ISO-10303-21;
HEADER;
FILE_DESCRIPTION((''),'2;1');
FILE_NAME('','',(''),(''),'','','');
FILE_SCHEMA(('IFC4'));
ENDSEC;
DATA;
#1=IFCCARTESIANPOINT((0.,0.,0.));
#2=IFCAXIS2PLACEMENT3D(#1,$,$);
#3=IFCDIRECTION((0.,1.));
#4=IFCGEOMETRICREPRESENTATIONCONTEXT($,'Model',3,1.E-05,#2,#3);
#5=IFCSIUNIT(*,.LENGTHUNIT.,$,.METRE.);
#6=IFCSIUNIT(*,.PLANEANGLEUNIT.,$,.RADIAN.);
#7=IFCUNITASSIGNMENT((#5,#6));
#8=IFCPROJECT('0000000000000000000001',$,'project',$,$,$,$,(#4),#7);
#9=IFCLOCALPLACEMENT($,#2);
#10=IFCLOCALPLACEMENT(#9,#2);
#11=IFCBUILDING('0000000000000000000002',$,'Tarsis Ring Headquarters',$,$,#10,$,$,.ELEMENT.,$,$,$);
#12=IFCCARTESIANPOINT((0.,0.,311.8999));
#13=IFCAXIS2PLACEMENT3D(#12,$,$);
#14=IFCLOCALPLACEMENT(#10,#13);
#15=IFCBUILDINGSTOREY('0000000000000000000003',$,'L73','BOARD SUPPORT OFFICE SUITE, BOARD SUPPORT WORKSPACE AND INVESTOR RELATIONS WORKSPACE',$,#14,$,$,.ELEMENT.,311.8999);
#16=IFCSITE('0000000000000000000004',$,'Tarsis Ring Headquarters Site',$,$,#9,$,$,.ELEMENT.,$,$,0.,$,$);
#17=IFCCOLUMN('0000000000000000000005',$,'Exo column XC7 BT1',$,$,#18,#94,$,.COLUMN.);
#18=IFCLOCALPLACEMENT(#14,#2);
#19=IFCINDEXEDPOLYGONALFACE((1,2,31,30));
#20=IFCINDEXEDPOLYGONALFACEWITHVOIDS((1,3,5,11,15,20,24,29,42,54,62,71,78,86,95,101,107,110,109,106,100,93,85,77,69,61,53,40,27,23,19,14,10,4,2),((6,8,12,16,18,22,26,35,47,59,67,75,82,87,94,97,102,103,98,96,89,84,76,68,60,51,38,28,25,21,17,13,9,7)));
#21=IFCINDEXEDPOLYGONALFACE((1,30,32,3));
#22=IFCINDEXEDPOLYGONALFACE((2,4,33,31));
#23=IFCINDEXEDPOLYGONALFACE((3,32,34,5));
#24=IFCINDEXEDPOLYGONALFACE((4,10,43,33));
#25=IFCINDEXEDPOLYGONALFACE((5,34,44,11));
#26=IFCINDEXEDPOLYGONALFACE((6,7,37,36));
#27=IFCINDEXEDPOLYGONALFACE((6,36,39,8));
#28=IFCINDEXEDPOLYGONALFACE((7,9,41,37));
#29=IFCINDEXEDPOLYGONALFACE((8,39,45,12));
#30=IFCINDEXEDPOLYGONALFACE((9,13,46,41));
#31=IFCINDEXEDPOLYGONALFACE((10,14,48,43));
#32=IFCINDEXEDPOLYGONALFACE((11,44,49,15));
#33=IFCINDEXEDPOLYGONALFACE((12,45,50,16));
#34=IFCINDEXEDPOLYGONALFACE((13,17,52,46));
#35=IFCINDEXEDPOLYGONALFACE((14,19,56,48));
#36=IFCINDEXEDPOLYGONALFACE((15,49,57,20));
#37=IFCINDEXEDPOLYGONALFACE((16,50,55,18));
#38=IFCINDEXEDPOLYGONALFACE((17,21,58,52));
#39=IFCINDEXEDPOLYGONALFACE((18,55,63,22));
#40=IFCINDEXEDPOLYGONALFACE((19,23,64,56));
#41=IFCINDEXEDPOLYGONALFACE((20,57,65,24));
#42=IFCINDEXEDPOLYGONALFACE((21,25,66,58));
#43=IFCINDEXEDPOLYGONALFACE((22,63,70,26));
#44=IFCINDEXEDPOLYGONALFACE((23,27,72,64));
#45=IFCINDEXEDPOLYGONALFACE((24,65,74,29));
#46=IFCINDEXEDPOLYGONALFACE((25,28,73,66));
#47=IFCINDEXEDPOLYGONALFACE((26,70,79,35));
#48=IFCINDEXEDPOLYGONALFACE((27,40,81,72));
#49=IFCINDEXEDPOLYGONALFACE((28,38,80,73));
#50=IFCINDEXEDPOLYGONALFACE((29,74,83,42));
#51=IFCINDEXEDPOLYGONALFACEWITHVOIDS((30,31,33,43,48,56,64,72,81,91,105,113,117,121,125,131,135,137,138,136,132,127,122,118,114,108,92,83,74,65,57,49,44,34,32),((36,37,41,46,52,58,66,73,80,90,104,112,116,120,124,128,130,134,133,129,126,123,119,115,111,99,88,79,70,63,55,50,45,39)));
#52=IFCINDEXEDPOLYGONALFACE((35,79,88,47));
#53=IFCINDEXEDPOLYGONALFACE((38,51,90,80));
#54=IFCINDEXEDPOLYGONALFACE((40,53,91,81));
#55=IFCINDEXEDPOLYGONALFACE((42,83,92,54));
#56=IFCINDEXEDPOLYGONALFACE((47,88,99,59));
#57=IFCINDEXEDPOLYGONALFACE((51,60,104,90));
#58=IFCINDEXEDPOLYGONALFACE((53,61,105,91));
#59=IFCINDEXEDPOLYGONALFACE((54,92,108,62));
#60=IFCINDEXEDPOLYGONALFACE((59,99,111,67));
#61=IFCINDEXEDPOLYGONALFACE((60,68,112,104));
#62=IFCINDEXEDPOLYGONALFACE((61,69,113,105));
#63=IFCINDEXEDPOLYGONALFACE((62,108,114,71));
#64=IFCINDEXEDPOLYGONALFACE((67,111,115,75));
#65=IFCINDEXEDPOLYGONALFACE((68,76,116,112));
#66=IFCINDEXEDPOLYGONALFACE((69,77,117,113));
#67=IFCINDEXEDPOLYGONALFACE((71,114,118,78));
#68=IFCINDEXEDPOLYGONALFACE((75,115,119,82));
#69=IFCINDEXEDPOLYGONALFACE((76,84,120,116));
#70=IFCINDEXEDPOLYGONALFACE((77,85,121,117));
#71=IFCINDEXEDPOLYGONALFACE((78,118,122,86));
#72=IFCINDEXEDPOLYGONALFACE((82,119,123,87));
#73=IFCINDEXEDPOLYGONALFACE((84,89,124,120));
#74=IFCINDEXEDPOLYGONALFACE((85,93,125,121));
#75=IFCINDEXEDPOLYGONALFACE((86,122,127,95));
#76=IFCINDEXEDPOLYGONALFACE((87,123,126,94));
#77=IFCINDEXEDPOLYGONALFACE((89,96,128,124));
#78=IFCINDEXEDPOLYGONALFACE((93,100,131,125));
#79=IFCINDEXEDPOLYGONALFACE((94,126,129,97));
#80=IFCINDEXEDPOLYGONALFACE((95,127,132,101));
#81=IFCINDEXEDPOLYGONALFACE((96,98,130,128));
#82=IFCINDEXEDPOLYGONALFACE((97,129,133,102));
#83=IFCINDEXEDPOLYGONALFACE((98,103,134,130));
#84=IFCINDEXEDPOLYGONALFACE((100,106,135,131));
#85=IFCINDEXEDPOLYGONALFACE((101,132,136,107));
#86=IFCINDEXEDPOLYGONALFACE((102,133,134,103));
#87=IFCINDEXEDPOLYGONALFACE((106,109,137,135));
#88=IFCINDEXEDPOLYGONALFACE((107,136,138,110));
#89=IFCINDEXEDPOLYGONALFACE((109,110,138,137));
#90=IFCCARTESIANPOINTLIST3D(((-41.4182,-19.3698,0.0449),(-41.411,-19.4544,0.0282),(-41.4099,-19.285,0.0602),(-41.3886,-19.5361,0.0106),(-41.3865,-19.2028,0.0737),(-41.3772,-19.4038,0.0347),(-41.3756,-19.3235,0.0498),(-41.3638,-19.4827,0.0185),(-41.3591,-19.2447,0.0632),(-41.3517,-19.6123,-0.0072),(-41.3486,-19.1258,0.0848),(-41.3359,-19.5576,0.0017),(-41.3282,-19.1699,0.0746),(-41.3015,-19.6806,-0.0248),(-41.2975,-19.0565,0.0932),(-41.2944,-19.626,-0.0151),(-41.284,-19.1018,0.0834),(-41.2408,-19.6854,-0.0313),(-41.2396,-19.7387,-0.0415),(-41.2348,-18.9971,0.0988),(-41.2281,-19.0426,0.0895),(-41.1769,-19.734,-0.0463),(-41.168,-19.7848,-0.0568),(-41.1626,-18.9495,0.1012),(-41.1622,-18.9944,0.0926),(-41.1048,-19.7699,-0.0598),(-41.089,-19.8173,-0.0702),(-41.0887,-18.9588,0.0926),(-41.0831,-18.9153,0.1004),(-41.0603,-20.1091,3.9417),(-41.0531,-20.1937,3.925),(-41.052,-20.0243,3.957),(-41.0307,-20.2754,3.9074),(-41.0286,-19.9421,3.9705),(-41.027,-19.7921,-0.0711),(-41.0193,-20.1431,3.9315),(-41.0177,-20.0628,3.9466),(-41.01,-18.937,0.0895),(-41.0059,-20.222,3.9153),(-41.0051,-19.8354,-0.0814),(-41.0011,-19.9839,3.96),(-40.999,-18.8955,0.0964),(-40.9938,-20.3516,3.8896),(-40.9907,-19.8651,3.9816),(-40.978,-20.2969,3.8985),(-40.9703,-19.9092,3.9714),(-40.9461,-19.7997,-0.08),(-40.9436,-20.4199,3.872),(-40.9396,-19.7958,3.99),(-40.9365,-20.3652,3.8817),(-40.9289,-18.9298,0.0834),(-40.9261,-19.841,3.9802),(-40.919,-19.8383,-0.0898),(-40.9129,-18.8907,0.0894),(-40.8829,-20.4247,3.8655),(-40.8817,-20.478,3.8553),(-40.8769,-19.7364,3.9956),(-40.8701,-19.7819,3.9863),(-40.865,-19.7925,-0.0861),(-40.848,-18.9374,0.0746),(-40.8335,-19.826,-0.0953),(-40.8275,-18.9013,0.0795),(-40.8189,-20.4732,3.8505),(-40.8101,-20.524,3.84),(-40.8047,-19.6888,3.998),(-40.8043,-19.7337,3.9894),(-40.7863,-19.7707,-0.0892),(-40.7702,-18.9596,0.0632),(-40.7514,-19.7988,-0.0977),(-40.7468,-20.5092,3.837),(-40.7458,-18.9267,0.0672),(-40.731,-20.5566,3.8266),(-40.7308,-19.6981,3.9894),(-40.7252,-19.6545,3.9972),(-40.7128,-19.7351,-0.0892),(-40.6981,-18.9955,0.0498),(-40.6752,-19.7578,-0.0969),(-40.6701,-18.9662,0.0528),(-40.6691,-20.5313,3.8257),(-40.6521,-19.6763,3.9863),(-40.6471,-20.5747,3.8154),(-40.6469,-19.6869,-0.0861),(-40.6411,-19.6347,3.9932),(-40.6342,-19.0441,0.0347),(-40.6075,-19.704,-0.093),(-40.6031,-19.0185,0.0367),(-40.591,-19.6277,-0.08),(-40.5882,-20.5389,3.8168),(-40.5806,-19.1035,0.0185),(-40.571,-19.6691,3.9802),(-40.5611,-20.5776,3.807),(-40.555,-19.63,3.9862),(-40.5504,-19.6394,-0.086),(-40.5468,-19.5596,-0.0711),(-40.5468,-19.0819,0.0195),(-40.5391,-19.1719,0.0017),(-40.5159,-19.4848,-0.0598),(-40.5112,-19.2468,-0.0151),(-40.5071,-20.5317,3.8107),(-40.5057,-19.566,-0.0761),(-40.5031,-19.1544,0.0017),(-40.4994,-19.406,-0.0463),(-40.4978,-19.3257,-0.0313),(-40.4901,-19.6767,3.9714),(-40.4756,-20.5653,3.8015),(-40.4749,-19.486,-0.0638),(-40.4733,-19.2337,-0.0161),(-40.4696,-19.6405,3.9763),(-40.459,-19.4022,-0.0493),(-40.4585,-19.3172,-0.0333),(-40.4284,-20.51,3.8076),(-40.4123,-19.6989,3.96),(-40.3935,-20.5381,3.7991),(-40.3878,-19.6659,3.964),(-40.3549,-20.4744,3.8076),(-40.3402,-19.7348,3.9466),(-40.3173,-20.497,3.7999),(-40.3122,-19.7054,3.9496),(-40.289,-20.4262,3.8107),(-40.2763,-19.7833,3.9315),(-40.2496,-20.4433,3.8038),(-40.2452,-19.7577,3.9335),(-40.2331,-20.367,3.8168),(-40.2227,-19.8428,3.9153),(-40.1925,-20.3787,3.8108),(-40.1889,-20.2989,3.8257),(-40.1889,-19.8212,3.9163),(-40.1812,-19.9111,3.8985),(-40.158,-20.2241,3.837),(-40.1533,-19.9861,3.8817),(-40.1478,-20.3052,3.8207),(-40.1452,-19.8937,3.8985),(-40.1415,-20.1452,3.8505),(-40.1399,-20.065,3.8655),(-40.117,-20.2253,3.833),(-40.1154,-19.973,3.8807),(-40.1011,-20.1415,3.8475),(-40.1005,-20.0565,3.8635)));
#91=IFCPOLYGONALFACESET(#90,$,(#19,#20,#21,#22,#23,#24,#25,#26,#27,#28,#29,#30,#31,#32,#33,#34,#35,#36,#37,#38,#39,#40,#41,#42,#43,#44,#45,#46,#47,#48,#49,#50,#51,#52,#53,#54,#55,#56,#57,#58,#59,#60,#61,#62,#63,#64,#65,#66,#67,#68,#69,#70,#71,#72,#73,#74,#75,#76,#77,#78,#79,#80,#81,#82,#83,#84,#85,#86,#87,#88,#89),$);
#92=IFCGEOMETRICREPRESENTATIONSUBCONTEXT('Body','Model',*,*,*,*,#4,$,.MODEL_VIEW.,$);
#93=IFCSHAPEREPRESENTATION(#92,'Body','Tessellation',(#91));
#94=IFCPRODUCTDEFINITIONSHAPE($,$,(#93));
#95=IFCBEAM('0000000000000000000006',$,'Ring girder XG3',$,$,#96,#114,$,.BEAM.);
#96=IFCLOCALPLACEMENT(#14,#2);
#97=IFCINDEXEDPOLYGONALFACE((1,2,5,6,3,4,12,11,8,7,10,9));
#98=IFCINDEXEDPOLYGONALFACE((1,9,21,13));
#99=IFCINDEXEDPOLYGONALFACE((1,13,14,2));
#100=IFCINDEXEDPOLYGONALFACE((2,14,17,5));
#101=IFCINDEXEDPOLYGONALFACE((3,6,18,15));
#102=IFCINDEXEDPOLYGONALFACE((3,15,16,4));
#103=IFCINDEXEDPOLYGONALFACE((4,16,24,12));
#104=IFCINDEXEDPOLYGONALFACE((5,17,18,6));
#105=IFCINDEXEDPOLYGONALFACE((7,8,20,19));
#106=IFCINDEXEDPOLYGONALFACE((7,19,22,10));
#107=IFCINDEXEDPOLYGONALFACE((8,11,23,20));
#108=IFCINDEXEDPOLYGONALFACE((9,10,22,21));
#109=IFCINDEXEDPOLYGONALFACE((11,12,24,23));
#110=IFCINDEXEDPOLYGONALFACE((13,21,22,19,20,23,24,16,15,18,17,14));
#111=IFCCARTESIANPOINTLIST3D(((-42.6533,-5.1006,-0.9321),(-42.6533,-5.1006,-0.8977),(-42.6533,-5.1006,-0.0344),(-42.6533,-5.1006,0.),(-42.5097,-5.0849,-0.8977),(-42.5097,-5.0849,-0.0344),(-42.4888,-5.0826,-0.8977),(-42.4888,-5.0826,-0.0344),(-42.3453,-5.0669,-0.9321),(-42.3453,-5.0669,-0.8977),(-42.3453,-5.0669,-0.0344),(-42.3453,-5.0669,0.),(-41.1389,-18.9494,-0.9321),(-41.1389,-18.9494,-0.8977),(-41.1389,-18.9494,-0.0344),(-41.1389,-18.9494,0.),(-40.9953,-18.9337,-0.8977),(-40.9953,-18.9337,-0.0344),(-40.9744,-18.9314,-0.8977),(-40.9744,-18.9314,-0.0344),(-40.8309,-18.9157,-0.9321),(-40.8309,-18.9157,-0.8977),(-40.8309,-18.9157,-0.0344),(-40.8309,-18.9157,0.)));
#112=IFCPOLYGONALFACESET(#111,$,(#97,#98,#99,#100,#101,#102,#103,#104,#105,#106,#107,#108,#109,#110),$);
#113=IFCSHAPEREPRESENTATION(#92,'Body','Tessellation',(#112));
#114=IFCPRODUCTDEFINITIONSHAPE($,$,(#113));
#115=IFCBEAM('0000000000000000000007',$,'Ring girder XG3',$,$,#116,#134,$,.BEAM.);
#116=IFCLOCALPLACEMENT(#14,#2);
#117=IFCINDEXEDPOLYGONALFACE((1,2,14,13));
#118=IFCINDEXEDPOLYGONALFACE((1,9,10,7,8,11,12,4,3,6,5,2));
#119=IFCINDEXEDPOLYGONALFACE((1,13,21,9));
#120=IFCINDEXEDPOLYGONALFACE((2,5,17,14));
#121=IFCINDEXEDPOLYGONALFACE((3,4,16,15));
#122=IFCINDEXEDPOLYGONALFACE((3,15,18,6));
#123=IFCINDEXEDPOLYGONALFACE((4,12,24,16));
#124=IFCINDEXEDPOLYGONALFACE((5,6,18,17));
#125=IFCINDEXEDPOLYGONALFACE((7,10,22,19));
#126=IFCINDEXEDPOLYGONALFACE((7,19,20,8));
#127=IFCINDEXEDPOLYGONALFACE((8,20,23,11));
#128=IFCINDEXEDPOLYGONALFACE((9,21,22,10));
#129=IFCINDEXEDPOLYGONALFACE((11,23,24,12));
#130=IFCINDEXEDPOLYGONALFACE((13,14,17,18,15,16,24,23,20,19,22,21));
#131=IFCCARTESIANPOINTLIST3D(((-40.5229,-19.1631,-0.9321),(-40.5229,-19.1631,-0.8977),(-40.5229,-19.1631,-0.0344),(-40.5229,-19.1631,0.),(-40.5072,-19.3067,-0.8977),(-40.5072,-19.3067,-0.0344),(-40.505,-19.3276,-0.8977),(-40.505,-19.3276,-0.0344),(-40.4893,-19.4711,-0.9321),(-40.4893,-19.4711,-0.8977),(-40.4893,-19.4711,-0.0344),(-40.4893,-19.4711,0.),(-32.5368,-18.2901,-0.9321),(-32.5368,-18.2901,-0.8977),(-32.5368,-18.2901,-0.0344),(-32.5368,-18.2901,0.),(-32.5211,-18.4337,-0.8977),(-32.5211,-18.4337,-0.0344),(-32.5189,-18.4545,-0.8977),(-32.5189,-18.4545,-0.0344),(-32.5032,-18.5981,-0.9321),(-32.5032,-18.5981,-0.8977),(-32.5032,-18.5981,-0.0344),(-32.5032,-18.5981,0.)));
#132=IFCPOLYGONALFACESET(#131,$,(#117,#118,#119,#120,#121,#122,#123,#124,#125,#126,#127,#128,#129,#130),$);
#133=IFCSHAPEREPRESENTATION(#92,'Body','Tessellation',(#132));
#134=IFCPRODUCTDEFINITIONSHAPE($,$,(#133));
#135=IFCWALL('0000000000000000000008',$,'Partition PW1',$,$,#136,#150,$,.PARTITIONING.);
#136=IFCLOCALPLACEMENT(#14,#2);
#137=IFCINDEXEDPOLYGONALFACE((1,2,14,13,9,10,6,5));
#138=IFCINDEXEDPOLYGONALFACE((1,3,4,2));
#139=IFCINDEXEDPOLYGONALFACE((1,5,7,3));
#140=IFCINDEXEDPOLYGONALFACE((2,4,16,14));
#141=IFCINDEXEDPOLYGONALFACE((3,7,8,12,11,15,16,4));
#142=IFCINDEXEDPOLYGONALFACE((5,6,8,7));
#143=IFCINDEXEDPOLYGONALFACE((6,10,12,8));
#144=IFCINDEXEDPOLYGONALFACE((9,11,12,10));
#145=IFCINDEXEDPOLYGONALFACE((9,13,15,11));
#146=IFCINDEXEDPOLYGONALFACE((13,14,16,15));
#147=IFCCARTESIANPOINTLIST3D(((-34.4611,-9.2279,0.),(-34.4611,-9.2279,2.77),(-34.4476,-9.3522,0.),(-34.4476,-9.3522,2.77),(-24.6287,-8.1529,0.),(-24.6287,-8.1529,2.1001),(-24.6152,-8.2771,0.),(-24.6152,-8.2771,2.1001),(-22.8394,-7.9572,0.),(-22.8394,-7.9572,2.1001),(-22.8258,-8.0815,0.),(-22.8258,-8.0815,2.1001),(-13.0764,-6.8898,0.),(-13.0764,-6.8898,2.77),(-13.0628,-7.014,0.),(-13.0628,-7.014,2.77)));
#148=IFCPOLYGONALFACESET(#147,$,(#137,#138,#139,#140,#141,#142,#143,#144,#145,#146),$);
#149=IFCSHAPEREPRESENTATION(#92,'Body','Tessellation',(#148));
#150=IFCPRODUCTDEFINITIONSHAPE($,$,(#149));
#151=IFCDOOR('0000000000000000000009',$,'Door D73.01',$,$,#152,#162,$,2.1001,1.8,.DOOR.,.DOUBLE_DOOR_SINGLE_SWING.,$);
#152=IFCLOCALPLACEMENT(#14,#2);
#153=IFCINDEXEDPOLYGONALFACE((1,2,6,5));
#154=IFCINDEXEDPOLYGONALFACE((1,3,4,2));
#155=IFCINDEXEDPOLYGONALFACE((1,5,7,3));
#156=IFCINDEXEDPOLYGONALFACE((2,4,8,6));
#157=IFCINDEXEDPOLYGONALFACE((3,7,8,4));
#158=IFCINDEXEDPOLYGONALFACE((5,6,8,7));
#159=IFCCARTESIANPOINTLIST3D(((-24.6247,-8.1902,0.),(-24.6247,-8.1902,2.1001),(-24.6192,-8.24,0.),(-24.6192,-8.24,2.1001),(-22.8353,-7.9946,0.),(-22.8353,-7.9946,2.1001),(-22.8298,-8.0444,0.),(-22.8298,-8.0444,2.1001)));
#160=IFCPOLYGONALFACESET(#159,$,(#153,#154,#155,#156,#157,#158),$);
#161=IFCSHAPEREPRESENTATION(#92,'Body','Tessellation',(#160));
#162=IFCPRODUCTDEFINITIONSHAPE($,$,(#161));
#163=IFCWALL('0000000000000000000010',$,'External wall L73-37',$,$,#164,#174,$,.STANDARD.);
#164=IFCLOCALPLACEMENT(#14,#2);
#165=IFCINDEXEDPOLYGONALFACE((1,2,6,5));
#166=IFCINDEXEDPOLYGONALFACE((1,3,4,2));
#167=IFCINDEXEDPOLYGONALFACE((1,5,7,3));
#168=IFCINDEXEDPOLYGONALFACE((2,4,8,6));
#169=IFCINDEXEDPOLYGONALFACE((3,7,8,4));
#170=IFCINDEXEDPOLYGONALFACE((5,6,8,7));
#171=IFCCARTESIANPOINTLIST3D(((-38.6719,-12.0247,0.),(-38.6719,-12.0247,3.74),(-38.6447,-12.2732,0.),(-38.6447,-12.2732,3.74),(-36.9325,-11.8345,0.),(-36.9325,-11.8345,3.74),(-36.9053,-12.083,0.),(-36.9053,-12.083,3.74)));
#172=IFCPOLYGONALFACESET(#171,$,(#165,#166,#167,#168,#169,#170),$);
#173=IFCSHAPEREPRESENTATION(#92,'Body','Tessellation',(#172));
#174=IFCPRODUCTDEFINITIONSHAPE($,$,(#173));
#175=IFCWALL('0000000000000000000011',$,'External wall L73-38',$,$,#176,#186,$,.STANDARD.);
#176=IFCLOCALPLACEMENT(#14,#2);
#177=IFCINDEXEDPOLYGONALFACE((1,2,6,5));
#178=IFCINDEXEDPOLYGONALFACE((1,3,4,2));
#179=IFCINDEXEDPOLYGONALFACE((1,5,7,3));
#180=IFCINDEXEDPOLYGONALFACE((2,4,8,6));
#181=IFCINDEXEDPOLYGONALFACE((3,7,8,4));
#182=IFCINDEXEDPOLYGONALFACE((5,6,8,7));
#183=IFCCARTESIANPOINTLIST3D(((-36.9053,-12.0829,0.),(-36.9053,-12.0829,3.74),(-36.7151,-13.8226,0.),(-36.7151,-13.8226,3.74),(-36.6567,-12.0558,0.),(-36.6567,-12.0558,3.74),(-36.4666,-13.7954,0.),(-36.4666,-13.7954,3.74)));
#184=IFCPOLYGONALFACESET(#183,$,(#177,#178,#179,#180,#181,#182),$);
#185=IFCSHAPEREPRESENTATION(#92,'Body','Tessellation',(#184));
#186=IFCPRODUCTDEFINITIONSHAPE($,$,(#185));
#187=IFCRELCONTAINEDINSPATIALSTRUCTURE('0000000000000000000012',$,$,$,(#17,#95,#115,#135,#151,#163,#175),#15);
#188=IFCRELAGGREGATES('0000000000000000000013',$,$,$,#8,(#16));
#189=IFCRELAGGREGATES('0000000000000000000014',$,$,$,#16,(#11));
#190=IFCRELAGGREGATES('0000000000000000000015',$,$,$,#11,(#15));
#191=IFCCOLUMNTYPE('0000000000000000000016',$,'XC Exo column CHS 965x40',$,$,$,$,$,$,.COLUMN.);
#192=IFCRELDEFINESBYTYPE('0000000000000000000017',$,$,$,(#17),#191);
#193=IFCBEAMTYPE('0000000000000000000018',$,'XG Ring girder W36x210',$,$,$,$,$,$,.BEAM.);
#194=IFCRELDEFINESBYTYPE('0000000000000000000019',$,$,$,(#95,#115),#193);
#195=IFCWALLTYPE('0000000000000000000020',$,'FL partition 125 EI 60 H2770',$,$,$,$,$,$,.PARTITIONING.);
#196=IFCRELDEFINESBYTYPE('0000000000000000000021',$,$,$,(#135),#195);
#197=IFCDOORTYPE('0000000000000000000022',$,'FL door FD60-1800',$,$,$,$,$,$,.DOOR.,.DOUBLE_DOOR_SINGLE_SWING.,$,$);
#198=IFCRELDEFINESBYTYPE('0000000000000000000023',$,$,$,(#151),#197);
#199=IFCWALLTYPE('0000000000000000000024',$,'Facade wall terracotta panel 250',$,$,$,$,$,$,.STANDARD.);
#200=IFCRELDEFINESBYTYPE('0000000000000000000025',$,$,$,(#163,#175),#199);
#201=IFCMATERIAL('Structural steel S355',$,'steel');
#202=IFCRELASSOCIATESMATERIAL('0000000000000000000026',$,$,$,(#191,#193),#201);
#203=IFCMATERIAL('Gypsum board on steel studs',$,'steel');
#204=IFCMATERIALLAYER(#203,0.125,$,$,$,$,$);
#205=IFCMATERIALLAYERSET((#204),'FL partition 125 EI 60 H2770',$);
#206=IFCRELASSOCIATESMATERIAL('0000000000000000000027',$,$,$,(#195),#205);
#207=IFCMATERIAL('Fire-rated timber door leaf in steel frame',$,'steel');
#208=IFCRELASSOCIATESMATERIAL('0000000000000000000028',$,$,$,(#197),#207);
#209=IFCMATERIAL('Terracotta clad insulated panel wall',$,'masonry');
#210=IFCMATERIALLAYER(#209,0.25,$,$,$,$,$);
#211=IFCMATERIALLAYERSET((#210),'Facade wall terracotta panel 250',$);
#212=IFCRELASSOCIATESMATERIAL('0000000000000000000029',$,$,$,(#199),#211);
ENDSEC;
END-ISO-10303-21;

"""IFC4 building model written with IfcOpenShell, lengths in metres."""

from ifc_helpers import new_model, si_unit, direction, frame, frame_2d, origin, origin_2d, place, context, subcontext, project, spatial, rectangle, hollow_circle, i_section, extrude, material, layer, layer_set, material_profile, profile_set, type_object, element, fill, save


model = new_model("IFC4")

# Units and contexts
model_context = context("Model", 3, precision=1e-05, world=origin(), true_north=direction((0.0, 1.0)))
body_context = subcontext(model_context, "Body", "Model", "MODEL_VIEW")
ifc_project = project(units=[si_unit("LENGTHUNIT", "METRE"), si_unit("PLANEANGLEUNIT", "RADIAN")], contexts=[model_context])

# Site, building, storey
site_placement = place(None, origin())
site = spatial("IfcSite", under=ifc_project, at=site_placement, Name="Tarsis Ring Headquarters Site", CompositionType="ELEMENT", RefElevation=0.0)
building_placement = place(site_placement, origin())
building = spatial("IfcBuilding", under=site, at=building_placement, Name="Tarsis Ring Headquarters", CompositionType="ELEMENT")
storey_placement = place(building_placement, frame((0.0, 0.0, 311.8999)))
storey = spatial("IfcBuildingStorey", under=building, at=storey_placement, Name="L73", Description="BOARD SUPPORT OFFICE SUITE, BOARD SUPPORT WORKSPACE AND INVESTOR RELATIONS WORKSPACE", CompositionType="ELEMENT", Elevation=311.8999)

# Column
ifc_material_1 = material(Name="Structural steel S355", Category="steel")
ifc_material_profile_1 = material_profile(ifc_material_1, hollow_circle(Radius=0.4827, WallThickness=0.04, at=origin_2d()), Name="CHS 965x40")
ifc_profile_set_1 = profile_set([ifc_material_profile_1], Name="Structural steel S355")
column_type = type_object("IfcColumnType", Name="XC Exo column CHS 965x40", PredefinedType="COLUMN", material=ifc_profile_set_1)
column_placement = place(storey_placement, frame((-40.9375, -19.3647, 0.0017), z_axis=(0.089874, -0.185634, 0.9785), x_axis=(0.900061, 0.435763, 0.0)))
element("IfcColumn", 1, at=column_placement, inside=storey, type_object=column_type, Name="Exo column XC7 BT1", PredefinedType="COLUMN", context=body_context, shape_type="SweptSolid", body=[
    extrude(hollow_circle(Radius=0.4827, WallThickness=0.04, at=origin_2d()), origin(), (0.0, 0.0, 1.0), 3.9824),
])

# Beams
ifc_material_profile_2 = material_profile(ifc_material_1, i_section(OverallWidth=0.3098, OverallDepth=0.9321, WebThickness=0.021, FlangeThickness=0.0344, at=origin_2d()), Name="W36x210")
ifc_profile_set_2 = profile_set([ifc_material_profile_2], Name="Structural steel S355")
beam_type = type_object("IfcBeamType", Name="XG Ring girder W36x210", PredefinedType="BEAM", material=ifc_profile_set_2)
beam_1_placement = place(storey_placement, frame((-42.4993, -5.0837, -0.4661), z_axis=(0.108704, -0.994074, 0.0), x_axis=(0.994074, 0.108704, 0.0)))
element("IfcBeam", 2, at=beam_1_placement, inside=storey, type_object=beam_type, Name="Ring girder XG3", PredefinedType="BEAM", context=body_context, shape_type="SweptSolid", body=[
    extrude(i_section(OverallWidth=0.3098, OverallDepth=0.9321, WebThickness=0.021, FlangeThickness=0.0344, at=origin_2d()), origin(), (0.0, 0.0, 1.0), 13.9314),
])
beam_2_placement = place(storey_placement, frame((-40.5061, -19.3171, -0.4661), z_axis=(0.994077, 0.108674, 0.0), x_axis=(-0.108674, 0.994077, 0.0)))
element("IfcBeam", 3, at=beam_2_placement, inside=storey, type_object=beam_type, Name="Ring girder XG3", PredefinedType="BEAM", context=body_context, shape_type="SweptSolid", body=[
    extrude(i_section(OverallWidth=0.3098, OverallDepth=0.9321, WebThickness=0.021, FlangeThickness=0.0344, at=origin_2d()), origin(), (0.0, 0.0, 1.0), 8.0337),
])

# Wall, opening, door
ifc_material_2 = material(Name="Gypsum board on steel studs", Category="steel")
ifc_layer_1 = layer(ifc_material_2, 0.125)
ifc_layer_set_1 = layer_set([ifc_layer_1], Name="FL partition 125 EI 60 H2770")
wall_type_1 = type_object("IfcWallType", Name="FL partition 125 EI 60 H2770", PredefinedType="PARTITIONING", material=ifc_layer_set_1)
wall_1_placement = place(storey_placement, frame((-34.4543, -9.29, 0.0), z_axis=(0.0, 0.0, 1.0), x_axis=(0.994076, 0.108689, 0.0)))
wall_1 = element("IfcWall", 4, at=wall_1_placement, inside=storey, type_object=wall_type_1, Name="Partition PW1", PredefinedType="PARTITIONING", context=body_context, shape_type="SweptSolid", body=[
    extrude(rectangle(XDim=21.5122, YDim=0.125, at=frame_2d((10.7561, 0.0))), origin(), (0.0, 0.0, 1.0), 2.77),
])
opening_placement = place(wall_1_placement, frame((9.8911, 0.0, 0.0)))
opening = element("IfcOpeningElement", 5, at=opening_placement, cuts=wall_1, PredefinedType="OPENING", context=body_context, shape_type="SweptSolid", body=[
    extrude(rectangle(XDim=1.8, YDim=2.1001, at=frame_2d((0.8999, 1.05))), frame((0.0, 0.0725, 0.0), z_axis=(0.0, -1.0, 0.0), x_axis=(1.0, 0.0, 0.0)), (0.0, 0.0, 1.0), 0.145),
])
ifc_material_3 = material(Name="Fire-rated timber door leaf in steel frame", Category="steel")
door_type = type_object("IfcDoorType", Name="FL door FD60-1800", OperationType="DOUBLE_DOOR_SINGLE_SWING", PredefinedType="DOOR", material=ifc_material_3)
door_placement = place(opening_placement, origin())
door = element("IfcDoor", 6, at=door_placement, inside=storey, type_object=door_type, Name="Door D73.01", OperationType="DOUBLE_DOOR_SINGLE_SWING", OverallHeight=2.1001, OverallWidth=1.8, PredefinedType="DOOR", context=body_context, shape_type="SweptSolid", body=[
    extrude(rectangle(XDim=1.8, YDim=2.1001, at=frame_2d((0.8999, 1.05))), frame((0.0, 0.0249, 0.0), z_axis=(0.0, -1.0, 0.0), x_axis=(1.0, 0.0, 0.0)), (0.0, 0.0, 1.0), 0.05),
])
fill(opening, door)

# Walls
ifc_material_4 = material(Name="Terracotta clad insulated panel wall", Category="masonry")
ifc_layer_2 = layer(ifc_material_4, 0.25)
ifc_layer_set_2 = layer_set([ifc_layer_2], Name="Facade wall terracotta panel 250")
wall_type_2 = type_object("IfcWallType", Name="Facade wall terracotta panel 250", PredefinedType="STANDARD", material=ifc_layer_set_2)
wall_2_placement = place(storey_placement, frame((-38.6584, -12.1489, 0.0), z_axis=(0.0, 0.0, 1.0), x_axis=(0.994076, 0.108686, 0.0)))
element("IfcWall", 7, at=wall_2_placement, inside=storey, type_object=wall_type_2, Name="External wall L73-37", PredefinedType="STANDARD", context=body_context, shape_type="SweptSolid", body=[
    extrude(rectangle(XDim=1.7498, YDim=0.25, at=frame_2d((0.875, 0.0))), origin(), (0.0, 0.0, 1.0), 3.74),
])
wall_3_placement = place(storey_placement, frame((-36.781, -12.0693, 0.0), z_axis=(0.0, 0.0, 1.0), x_axis=(0.108671, -0.994078, 0.0)))
element("IfcWall", 8, at=wall_3_placement, inside=storey, type_object=wall_type_2, Name="External wall L73-38", PredefinedType="STANDARD", context=body_context, shape_type="SweptSolid", body=[
    extrude(rectangle(XDim=1.75, YDim=0.25, at=frame_2d((0.875, 0.0))), origin(), (0.0, 0.0, 1.0), 3.74),
])

save(model, "model.ifc")
